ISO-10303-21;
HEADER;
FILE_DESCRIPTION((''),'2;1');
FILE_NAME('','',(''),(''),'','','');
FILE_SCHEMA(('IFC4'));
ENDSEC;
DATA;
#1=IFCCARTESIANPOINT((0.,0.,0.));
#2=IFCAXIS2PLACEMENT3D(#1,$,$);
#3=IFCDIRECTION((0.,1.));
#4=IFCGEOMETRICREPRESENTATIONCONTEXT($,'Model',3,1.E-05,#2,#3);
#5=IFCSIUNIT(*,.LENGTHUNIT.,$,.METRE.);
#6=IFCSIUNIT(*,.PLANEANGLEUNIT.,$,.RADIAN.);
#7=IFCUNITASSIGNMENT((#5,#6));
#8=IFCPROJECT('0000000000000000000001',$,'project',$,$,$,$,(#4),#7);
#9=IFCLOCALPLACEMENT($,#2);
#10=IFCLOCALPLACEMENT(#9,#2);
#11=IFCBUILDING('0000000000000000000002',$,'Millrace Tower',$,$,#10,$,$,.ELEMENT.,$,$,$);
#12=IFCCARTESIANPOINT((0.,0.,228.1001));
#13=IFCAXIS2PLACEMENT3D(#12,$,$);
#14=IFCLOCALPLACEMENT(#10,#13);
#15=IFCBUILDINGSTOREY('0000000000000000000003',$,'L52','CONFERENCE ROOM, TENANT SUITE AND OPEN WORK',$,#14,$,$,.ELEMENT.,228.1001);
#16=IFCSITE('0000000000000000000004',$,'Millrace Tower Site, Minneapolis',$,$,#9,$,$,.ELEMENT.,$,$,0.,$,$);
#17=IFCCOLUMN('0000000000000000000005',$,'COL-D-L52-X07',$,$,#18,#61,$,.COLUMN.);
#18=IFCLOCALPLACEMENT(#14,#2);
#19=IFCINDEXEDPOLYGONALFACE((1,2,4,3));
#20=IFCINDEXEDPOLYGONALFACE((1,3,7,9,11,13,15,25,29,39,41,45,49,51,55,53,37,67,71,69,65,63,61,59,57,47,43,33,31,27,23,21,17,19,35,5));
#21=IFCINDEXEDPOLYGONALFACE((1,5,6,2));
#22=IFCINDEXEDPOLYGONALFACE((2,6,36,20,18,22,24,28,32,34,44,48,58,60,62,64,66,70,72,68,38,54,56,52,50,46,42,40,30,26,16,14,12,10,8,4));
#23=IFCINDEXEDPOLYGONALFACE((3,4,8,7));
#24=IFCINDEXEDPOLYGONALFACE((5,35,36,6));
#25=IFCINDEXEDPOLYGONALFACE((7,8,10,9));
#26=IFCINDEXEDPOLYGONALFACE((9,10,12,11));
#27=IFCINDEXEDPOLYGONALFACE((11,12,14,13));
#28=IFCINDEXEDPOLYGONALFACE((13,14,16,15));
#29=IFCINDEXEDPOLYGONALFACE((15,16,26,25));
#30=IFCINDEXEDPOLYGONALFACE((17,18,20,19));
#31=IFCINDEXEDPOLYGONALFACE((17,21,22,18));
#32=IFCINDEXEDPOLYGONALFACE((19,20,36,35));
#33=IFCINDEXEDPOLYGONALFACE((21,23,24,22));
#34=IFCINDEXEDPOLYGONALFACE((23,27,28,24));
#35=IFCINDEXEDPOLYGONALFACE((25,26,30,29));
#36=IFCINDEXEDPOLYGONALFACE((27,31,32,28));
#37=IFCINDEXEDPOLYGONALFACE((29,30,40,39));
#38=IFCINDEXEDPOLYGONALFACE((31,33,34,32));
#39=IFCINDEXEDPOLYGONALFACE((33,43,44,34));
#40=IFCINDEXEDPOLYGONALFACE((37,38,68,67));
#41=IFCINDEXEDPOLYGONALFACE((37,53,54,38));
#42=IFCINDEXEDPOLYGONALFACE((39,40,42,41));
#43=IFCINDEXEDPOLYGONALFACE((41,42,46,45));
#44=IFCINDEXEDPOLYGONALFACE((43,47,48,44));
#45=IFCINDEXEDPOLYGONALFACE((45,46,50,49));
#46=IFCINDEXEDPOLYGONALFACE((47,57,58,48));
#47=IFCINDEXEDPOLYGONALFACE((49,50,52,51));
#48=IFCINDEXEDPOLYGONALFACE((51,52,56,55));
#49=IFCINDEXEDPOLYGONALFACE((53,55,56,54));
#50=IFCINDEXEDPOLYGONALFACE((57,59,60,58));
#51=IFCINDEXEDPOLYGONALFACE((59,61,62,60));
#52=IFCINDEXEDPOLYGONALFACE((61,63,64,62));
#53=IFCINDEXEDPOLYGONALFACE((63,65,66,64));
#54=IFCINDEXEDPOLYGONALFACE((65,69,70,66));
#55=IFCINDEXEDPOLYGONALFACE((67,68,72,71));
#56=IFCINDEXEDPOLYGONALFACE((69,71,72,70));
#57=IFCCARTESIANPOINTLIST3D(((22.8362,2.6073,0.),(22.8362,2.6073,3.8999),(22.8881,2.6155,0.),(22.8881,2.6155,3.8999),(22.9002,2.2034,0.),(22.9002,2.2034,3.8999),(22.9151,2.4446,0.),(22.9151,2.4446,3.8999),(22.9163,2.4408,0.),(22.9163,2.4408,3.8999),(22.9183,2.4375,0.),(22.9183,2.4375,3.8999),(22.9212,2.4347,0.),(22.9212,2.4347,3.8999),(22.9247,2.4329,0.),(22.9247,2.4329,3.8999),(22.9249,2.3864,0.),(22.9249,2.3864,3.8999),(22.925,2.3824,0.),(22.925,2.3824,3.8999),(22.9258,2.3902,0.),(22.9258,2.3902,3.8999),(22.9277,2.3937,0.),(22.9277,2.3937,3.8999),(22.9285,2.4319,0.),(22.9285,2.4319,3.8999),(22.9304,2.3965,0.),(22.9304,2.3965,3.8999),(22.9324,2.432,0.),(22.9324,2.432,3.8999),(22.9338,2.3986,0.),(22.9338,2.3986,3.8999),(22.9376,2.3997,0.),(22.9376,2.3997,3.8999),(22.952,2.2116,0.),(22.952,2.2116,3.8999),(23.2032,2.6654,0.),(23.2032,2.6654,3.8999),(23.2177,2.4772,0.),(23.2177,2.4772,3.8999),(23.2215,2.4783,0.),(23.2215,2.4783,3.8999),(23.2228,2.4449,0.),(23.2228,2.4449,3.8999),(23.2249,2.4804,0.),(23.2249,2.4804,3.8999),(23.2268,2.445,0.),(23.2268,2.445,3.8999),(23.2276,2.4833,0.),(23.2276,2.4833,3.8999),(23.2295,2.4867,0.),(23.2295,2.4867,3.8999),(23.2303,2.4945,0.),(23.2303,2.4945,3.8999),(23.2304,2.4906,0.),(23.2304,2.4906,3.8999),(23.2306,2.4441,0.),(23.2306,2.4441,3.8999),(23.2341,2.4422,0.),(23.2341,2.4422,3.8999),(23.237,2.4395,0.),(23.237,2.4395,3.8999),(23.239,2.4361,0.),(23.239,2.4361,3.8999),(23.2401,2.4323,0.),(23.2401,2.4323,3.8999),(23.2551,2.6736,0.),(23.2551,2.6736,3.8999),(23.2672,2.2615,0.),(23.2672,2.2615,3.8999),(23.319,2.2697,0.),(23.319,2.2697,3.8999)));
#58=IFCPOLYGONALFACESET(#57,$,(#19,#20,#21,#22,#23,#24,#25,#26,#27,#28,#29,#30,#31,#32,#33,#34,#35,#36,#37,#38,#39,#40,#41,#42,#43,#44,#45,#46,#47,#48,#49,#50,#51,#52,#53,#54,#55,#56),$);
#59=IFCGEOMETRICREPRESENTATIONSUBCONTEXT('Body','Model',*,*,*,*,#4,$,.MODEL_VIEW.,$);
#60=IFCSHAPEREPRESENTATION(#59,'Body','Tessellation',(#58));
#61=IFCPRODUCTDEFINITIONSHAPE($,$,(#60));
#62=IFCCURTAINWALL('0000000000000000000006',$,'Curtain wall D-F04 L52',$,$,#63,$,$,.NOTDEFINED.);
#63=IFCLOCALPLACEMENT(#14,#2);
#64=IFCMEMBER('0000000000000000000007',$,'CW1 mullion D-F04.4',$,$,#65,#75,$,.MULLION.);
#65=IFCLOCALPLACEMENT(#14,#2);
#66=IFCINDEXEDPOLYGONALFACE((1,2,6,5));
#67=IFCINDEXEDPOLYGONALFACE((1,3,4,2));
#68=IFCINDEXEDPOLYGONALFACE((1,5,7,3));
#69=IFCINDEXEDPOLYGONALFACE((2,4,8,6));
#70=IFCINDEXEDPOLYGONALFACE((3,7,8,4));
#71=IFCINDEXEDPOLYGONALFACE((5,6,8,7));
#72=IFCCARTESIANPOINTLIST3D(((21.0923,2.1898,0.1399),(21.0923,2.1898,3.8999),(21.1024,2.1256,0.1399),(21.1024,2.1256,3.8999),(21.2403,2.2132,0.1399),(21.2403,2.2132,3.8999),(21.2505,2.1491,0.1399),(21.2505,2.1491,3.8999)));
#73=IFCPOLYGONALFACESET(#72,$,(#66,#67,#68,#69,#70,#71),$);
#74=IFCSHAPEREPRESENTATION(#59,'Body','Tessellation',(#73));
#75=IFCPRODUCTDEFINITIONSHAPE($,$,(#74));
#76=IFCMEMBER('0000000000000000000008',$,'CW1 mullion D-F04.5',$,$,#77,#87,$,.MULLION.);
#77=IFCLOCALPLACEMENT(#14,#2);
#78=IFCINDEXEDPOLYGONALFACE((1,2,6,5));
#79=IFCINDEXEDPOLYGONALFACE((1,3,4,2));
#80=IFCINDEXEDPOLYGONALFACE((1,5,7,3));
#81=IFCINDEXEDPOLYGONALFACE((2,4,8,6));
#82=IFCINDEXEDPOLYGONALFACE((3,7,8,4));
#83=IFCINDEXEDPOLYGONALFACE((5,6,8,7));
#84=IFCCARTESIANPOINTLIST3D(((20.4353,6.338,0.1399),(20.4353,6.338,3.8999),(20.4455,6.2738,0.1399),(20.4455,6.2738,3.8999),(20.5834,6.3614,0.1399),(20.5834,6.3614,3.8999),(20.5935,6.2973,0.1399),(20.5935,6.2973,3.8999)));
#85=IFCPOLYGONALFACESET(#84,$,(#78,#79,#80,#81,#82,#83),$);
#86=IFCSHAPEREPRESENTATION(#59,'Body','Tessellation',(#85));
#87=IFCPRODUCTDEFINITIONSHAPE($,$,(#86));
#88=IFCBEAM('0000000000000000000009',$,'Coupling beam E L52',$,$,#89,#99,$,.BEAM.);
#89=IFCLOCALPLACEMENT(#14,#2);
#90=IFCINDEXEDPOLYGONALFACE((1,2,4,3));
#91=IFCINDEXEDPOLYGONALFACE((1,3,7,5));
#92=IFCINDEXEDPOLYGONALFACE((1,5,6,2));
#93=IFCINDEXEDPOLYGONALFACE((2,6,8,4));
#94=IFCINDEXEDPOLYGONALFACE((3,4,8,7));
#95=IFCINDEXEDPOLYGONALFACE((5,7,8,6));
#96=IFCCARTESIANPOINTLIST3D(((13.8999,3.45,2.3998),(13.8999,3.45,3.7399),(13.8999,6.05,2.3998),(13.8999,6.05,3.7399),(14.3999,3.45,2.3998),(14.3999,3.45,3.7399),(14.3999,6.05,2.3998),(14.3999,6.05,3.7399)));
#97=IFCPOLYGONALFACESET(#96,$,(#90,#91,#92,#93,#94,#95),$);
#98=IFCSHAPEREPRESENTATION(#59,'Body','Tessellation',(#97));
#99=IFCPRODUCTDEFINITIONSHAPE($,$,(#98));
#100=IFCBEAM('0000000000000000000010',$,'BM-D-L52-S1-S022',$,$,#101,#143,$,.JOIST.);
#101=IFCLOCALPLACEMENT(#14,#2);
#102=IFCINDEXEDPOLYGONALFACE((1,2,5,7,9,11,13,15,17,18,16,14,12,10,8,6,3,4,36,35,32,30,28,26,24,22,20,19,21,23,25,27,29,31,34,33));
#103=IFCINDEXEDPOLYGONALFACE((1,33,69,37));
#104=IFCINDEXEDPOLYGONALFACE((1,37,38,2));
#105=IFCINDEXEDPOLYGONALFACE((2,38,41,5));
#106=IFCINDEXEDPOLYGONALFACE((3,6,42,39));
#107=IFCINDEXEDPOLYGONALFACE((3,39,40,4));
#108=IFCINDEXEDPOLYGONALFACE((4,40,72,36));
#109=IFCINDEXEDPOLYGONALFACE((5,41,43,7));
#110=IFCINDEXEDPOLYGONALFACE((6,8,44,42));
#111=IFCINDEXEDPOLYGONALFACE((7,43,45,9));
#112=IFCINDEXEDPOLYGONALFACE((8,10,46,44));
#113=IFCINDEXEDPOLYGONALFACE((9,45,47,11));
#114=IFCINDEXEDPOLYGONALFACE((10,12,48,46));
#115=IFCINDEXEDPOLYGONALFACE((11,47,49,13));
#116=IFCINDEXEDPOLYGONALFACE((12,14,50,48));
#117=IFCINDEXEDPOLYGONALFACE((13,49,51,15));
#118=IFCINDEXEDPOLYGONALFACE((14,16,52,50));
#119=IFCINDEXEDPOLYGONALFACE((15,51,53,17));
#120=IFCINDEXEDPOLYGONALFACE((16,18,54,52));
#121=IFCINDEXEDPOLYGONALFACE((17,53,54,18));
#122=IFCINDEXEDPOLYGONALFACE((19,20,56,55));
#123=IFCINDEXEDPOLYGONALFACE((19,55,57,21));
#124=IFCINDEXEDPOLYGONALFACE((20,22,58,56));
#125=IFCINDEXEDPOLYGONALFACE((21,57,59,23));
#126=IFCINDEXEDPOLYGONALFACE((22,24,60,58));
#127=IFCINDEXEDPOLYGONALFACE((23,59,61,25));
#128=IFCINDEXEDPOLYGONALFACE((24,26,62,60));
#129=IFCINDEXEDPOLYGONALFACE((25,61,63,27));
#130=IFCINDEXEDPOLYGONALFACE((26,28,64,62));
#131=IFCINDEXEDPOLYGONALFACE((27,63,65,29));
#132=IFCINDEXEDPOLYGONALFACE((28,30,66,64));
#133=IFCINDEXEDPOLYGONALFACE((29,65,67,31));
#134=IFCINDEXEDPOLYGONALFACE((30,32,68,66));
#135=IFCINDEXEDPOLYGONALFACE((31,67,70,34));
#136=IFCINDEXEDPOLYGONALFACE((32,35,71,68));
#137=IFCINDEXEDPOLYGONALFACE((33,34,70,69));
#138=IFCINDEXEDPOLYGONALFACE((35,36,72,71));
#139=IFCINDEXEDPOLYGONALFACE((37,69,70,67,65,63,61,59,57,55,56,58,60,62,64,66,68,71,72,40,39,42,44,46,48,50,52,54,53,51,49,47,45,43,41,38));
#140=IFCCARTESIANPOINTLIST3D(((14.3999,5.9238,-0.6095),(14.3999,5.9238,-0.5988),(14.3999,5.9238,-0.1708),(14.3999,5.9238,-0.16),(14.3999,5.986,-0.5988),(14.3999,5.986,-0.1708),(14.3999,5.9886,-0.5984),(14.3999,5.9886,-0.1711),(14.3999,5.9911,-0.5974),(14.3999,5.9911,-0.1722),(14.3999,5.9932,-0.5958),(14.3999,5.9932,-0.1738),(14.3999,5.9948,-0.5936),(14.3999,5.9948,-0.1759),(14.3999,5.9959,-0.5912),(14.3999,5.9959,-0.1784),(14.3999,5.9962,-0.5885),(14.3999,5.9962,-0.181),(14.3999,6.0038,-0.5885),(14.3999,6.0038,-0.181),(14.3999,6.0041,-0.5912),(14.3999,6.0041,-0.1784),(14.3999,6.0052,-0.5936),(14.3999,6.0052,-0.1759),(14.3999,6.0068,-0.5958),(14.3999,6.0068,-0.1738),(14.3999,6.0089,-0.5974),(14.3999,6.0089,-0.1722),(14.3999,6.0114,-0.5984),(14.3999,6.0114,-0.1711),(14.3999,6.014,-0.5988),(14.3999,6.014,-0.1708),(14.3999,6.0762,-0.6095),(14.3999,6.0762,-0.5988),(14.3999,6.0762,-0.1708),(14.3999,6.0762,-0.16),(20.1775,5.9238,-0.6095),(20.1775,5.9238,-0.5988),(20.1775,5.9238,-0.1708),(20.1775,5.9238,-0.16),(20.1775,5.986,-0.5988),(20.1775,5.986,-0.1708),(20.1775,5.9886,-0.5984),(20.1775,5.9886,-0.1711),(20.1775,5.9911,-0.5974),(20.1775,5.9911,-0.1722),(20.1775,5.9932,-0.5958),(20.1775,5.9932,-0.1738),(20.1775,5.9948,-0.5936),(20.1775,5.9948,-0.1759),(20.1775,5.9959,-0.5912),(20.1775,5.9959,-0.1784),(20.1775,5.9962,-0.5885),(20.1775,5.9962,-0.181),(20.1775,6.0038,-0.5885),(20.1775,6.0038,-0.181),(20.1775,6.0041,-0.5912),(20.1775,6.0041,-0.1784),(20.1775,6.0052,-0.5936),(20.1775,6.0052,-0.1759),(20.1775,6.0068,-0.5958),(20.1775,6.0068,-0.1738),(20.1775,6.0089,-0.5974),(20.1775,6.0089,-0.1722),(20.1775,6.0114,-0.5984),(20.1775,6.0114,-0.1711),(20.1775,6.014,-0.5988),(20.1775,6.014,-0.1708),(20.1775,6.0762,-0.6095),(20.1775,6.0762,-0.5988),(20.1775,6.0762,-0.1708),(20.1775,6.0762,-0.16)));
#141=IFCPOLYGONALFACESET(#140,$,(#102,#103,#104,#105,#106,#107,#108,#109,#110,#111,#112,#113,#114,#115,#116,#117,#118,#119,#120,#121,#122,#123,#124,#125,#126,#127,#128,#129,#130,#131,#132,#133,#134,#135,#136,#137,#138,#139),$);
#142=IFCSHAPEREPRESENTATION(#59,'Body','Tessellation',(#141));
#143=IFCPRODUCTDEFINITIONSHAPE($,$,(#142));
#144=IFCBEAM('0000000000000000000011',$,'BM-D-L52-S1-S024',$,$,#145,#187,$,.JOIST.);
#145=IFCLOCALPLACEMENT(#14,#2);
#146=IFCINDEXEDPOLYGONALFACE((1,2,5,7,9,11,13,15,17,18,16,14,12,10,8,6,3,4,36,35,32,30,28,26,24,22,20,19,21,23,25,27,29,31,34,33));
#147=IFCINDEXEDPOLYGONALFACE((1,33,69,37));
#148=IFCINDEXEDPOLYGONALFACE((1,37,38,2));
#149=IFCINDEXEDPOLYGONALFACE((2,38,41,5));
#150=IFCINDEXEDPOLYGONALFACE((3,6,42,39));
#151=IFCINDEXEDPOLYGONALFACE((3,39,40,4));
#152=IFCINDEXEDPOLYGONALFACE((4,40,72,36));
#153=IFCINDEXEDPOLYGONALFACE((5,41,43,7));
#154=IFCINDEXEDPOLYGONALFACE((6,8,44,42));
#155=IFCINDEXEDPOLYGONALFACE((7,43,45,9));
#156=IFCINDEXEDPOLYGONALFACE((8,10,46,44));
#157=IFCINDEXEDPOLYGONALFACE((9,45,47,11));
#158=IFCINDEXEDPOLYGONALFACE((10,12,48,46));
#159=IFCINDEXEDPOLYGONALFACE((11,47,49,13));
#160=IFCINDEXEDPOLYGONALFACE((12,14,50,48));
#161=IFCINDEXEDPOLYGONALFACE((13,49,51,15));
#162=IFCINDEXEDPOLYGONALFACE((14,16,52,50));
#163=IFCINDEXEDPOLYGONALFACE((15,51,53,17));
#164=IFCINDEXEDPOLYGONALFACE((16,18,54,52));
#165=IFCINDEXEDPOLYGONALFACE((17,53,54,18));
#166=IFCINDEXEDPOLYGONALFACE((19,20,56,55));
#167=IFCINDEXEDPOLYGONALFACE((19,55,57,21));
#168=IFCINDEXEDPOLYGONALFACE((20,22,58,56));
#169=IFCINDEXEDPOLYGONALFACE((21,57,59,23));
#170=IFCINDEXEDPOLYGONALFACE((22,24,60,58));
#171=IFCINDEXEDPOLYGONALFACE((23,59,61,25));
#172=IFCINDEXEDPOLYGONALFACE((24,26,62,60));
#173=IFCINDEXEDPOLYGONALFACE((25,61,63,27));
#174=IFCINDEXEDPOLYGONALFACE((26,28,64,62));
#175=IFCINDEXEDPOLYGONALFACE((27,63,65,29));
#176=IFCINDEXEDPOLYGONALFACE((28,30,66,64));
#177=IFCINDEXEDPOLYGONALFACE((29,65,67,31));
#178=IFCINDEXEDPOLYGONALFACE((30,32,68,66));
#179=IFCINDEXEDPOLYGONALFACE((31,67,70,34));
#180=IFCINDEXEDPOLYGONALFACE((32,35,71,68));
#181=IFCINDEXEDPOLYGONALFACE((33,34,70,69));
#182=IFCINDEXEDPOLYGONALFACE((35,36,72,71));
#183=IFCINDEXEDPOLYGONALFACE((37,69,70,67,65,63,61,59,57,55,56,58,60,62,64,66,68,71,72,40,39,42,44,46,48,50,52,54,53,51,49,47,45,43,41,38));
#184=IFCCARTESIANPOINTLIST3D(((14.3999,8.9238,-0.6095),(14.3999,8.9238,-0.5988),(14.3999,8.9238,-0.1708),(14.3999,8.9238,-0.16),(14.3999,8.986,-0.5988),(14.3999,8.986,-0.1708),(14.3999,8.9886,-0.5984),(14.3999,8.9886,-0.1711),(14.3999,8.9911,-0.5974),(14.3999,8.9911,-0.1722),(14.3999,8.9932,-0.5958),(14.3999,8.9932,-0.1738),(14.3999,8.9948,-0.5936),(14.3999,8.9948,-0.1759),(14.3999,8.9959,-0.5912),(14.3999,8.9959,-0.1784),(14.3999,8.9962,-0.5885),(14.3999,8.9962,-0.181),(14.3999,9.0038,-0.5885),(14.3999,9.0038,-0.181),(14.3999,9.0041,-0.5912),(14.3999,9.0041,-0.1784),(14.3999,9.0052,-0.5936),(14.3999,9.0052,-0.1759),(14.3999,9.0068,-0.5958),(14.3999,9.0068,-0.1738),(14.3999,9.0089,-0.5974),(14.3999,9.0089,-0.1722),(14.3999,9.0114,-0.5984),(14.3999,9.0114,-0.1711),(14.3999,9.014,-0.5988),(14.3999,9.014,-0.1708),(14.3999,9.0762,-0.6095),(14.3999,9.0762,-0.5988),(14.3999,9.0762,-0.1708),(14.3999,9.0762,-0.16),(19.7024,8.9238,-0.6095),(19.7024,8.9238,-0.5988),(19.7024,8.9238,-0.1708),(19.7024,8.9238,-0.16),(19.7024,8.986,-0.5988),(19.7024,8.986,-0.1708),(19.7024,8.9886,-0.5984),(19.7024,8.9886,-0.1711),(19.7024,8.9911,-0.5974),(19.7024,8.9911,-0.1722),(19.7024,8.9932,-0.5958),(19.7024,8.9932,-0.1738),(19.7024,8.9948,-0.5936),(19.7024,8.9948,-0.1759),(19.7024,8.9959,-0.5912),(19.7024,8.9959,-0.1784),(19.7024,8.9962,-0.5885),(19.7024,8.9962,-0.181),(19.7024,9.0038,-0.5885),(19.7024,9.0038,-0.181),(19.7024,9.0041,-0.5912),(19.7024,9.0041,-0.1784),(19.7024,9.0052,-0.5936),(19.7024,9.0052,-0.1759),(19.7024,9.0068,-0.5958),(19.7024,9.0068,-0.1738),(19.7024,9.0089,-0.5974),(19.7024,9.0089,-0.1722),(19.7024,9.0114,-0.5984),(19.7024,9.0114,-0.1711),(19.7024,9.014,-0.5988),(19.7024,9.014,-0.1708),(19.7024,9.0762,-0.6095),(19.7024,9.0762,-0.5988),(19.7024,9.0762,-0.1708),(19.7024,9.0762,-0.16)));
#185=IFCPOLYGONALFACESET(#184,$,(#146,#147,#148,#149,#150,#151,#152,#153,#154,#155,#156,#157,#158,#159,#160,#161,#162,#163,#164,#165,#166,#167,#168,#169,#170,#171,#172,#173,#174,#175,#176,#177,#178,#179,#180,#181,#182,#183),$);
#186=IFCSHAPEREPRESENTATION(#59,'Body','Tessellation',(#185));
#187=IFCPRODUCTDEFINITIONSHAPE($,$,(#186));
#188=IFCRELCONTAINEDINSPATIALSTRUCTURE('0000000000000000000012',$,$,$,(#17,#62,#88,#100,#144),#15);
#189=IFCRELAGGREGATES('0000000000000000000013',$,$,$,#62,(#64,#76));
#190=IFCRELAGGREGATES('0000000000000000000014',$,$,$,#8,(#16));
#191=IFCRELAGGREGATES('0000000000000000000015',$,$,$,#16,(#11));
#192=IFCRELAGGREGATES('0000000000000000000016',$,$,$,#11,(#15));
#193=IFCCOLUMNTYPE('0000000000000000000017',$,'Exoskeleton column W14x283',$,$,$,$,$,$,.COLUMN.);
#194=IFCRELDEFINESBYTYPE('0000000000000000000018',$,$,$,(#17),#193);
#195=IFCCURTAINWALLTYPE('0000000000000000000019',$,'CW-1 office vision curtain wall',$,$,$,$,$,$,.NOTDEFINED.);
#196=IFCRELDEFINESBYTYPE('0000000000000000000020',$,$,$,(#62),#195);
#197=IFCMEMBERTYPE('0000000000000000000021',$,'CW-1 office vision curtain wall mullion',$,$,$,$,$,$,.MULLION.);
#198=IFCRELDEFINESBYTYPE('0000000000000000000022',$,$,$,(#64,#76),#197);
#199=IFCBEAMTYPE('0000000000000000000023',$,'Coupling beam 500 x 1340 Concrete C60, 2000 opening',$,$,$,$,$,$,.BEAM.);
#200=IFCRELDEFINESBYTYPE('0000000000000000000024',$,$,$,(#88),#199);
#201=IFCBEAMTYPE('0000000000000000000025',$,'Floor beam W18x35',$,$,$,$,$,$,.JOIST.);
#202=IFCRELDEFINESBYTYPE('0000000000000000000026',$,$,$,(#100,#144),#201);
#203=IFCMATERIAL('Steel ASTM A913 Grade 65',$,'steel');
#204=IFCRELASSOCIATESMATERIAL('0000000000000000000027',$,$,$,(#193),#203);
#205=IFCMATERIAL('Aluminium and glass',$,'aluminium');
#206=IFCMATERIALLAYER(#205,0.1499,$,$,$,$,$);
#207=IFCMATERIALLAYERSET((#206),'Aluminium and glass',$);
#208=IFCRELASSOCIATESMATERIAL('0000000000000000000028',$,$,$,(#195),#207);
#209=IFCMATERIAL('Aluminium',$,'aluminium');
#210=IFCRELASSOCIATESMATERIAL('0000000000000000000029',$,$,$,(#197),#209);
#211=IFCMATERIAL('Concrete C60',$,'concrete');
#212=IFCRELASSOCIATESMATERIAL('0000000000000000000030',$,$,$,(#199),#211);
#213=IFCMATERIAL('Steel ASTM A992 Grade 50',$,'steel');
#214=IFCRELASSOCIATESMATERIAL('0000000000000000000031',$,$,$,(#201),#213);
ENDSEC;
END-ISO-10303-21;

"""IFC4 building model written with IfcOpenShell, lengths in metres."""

from ifc_helpers import new_model, si_unit, direction, frame, origin, origin_2d, place, context, subcontext, project, spatial, rectangle, i_section, extrude, material, layer, layer_set, material_profile, profile_set, type_object, element, aggregate, save


model = new_model("IFC4")

# Units and contexts
model_context = context("Model", 3, precision=1e-05, world=origin(), true_north=direction((0.0, 1.0)))
body_context = subcontext(model_context, "Body", "Model", "MODEL_VIEW")
ifc_project = project(units=[si_unit("LENGTHUNIT", "METRE"), si_unit("PLANEANGLEUNIT", "RADIAN")], contexts=[model_context])

# Site, building, storey
site_placement = place(None, origin())
site = spatial("IfcSite", under=ifc_project, at=site_placement, Name="Millrace Tower Site, Minneapolis", CompositionType="ELEMENT", RefElevation=0.0)
building_placement = place(site_placement, origin())
building = spatial("IfcBuilding", under=site, at=building_placement, Name="Millrace Tower", CompositionType="ELEMENT")
storey_placement = place(building_placement, frame((0.0, 0.0, 228.1001)))
storey = spatial("IfcBuildingStorey", under=building, at=storey_placement, Name="L52", Description="CONFERENCE ROOM, TENANT SUITE AND OPEN WORK", CompositionType="ELEMENT", Elevation=228.1001)

# Column
ifc_material_1 = material(Name="Steel ASTM A913 Grade 65", Category="steel")
ifc_material_profile_1 = material_profile(ifc_material_1, i_section(OverallWidth=0.4089, OverallDepth=0.4241, WebThickness=0.0327, FlangeThickness=0.0525, FilletRadius=0.0151, at=origin_2d()))
ifc_profile_set_1 = profile_set([ifc_material_profile_1], Name="Steel ASTM A913 Grade 65")
column_type = type_object("IfcColumnType", Name="Exoskeleton column W14x283", PredefinedType="COLUMN", material=ifc_profile_set_1)
column_placement = place(storey_placement, frame((23.0776, 2.4385, 0.0), z_axis=(0.0, 0.0, 1.0), x_axis=(-0.156434, 0.987688, 0.0)))
element("IfcColumn", 1, at=column_placement, inside=storey, type_object=column_type, Name="COL-D-L52-X07", PredefinedType="COLUMN", context=body_context, shape_type="SweptSolid", body=[
    extrude(i_section(OverallWidth=0.4089, OverallDepth=0.4241, WebThickness=0.0327, FlangeThickness=0.0525, FilletRadius=0.0151, at=origin_2d()), origin(), (0.0, 0.0, 1.0), 3.8999),
])

# Curtain wall, members
ifc_material_2 = material(Name="Aluminium and glass", Category="aluminium")
ifc_layer_1 = layer(ifc_material_2, 0.1499)
ifc_layer_set_1 = layer_set([ifc_layer_1], Name="Aluminium and glass")
curtain_wall_type = type_object("IfcCurtainWallType", Name="CW-1 office vision curtain wall", PredefinedType="NOTDEFINED", material=ifc_layer_set_1)
curtain_wall_placement = place(storey_placement, origin())
curtain_wall = element("IfcCurtainWall", 2, at=curtain_wall_placement, inside=storey, type_object=curtain_wall_type, Name="Curtain wall D-F04 L52", PredefinedType="NOTDEFINED")
ifc_material_3 = material(Name="Aluminium", Category="aluminium")
ifc_material_profile_2 = material_profile(ifc_material_3, rectangle(XDim=0.0649, YDim=0.1499, at=origin_2d()))
ifc_profile_set_2 = profile_set([ifc_material_profile_2], Name="Aluminium")
member_type = type_object("IfcMemberType", Name="CW-1 office vision curtain wall mullion", PredefinedType="MULLION", material=ifc_profile_set_2)
member_1_placement = place(storey_placement, frame((21.1714, 2.1694, 0.1399), z_axis=(0.0, 0.0, 1.0), x_axis=(-0.156434, 0.987688, 0.0)))
member_1 = element("IfcMember", 3, at=member_1_placement, type_object=member_type, Name="CW1 mullion D-F04.4", PredefinedType="MULLION", context=body_context, shape_type="SweptSolid", body=[
    extrude(rectangle(XDim=0.0649, YDim=0.1499, at=origin_2d()), origin(), (0.0, 0.0, 1.0), 3.76),
])
member_2_placement = place(storey_placement, frame((20.5144, 6.3176, 0.1399), z_axis=(0.0, 0.0, 1.0), x_axis=(-0.156434, 0.987688, 0.0)))
member_2 = element("IfcMember", 4, at=member_2_placement, type_object=member_type, Name="CW1 mullion D-F04.5", PredefinedType="MULLION", context=body_context, shape_type="SweptSolid", body=[
    extrude(rectangle(XDim=0.0649, YDim=0.1499, at=origin_2d()), origin(), (0.0, 0.0, 1.0), 3.76),
])
aggregate(curtain_wall, [member_1, member_2])

# Beams
ifc_material_4 = material(Name="Concrete C60", Category="concrete")
ifc_material_profile_3 = material_profile(ifc_material_4, rectangle(XDim=0.5, YDim=1.3401, at=origin_2d()))
ifc_profile_set_3 = profile_set([ifc_material_profile_3], Name="Concrete C60")
beam_type_1 = type_object("IfcBeamType", Name="Coupling beam 500 x 1340 Concrete C60, 2000 opening", PredefinedType="BEAM", material=ifc_profile_set_3)
beam_1_placement = place(storey_placement, frame((14.1499, 6.05, 3.0698), z_axis=(0.0, -1.0, 0.0), x_axis=(1.0, 0.0, 0.0)))
element("IfcBeam", 5, at=beam_1_placement, inside=storey, type_object=beam_type_1, Name="Coupling beam E L52", PredefinedType="BEAM", context=body_context, shape_type="SweptSolid", body=[
    extrude(rectangle(XDim=0.5, YDim=1.3401, at=origin_2d()), origin(), (0.0, 0.0, 1.0), 2.6001),
])
ifc_material_5 = material(Name="Steel ASTM A992 Grade 50", Category="steel")
ifc_material_profile_4 = material_profile(ifc_material_5, i_section(OverallWidth=0.1523, OverallDepth=0.4495, WebThickness=0.0076, FlangeThickness=0.0107, FilletRadius=0.0103, at=origin_2d()))
ifc_profile_set_4 = profile_set([ifc_material_profile_4], Name="Steel ASTM A992 Grade 50")
beam_type_2 = type_object("IfcBeamType", Name="Floor beam W18x35", PredefinedType="JOIST", material=ifc_profile_set_4)
beam_2_placement = place(storey_placement, frame((14.3999, 6.0, -0.3848), z_axis=(1.0, 0.0, 0.0), x_axis=(0.0, 1.0, 0.0)))
element("IfcBeam", 6, at=beam_2_placement, inside=storey, type_object=beam_type_2, Name="BM-D-L52-S1-S022", PredefinedType="JOIST", context=body_context, shape_type="SweptSolid", body=[
    extrude(i_section(OverallWidth=0.1523, OverallDepth=0.4495, WebThickness=0.0076, FlangeThickness=0.0107, FilletRadius=0.0103, at=origin_2d()), origin(), (0.0, 0.0, 1.0), 5.7776),
])
beam_3_placement = place(storey_placement, frame((14.3999, 9.0, -0.3848), z_axis=(1.0, 0.0, 0.0), x_axis=(0.0, 1.0, 0.0)))
element("IfcBeam", 7, at=beam_3_placement, inside=storey, type_object=beam_type_2, Name="BM-D-L52-S1-S024", PredefinedType="JOIST", context=body_context, shape_type="SweptSolid", body=[
    extrude(i_section(OverallWidth=0.1523, OverallDepth=0.4495, WebThickness=0.0076, FlangeThickness=0.0107, FilletRadius=0.0103, at=origin_2d()), origin(), (0.0, 0.0, 1.0), 5.3025),
])

save(model, "model.ifc")
